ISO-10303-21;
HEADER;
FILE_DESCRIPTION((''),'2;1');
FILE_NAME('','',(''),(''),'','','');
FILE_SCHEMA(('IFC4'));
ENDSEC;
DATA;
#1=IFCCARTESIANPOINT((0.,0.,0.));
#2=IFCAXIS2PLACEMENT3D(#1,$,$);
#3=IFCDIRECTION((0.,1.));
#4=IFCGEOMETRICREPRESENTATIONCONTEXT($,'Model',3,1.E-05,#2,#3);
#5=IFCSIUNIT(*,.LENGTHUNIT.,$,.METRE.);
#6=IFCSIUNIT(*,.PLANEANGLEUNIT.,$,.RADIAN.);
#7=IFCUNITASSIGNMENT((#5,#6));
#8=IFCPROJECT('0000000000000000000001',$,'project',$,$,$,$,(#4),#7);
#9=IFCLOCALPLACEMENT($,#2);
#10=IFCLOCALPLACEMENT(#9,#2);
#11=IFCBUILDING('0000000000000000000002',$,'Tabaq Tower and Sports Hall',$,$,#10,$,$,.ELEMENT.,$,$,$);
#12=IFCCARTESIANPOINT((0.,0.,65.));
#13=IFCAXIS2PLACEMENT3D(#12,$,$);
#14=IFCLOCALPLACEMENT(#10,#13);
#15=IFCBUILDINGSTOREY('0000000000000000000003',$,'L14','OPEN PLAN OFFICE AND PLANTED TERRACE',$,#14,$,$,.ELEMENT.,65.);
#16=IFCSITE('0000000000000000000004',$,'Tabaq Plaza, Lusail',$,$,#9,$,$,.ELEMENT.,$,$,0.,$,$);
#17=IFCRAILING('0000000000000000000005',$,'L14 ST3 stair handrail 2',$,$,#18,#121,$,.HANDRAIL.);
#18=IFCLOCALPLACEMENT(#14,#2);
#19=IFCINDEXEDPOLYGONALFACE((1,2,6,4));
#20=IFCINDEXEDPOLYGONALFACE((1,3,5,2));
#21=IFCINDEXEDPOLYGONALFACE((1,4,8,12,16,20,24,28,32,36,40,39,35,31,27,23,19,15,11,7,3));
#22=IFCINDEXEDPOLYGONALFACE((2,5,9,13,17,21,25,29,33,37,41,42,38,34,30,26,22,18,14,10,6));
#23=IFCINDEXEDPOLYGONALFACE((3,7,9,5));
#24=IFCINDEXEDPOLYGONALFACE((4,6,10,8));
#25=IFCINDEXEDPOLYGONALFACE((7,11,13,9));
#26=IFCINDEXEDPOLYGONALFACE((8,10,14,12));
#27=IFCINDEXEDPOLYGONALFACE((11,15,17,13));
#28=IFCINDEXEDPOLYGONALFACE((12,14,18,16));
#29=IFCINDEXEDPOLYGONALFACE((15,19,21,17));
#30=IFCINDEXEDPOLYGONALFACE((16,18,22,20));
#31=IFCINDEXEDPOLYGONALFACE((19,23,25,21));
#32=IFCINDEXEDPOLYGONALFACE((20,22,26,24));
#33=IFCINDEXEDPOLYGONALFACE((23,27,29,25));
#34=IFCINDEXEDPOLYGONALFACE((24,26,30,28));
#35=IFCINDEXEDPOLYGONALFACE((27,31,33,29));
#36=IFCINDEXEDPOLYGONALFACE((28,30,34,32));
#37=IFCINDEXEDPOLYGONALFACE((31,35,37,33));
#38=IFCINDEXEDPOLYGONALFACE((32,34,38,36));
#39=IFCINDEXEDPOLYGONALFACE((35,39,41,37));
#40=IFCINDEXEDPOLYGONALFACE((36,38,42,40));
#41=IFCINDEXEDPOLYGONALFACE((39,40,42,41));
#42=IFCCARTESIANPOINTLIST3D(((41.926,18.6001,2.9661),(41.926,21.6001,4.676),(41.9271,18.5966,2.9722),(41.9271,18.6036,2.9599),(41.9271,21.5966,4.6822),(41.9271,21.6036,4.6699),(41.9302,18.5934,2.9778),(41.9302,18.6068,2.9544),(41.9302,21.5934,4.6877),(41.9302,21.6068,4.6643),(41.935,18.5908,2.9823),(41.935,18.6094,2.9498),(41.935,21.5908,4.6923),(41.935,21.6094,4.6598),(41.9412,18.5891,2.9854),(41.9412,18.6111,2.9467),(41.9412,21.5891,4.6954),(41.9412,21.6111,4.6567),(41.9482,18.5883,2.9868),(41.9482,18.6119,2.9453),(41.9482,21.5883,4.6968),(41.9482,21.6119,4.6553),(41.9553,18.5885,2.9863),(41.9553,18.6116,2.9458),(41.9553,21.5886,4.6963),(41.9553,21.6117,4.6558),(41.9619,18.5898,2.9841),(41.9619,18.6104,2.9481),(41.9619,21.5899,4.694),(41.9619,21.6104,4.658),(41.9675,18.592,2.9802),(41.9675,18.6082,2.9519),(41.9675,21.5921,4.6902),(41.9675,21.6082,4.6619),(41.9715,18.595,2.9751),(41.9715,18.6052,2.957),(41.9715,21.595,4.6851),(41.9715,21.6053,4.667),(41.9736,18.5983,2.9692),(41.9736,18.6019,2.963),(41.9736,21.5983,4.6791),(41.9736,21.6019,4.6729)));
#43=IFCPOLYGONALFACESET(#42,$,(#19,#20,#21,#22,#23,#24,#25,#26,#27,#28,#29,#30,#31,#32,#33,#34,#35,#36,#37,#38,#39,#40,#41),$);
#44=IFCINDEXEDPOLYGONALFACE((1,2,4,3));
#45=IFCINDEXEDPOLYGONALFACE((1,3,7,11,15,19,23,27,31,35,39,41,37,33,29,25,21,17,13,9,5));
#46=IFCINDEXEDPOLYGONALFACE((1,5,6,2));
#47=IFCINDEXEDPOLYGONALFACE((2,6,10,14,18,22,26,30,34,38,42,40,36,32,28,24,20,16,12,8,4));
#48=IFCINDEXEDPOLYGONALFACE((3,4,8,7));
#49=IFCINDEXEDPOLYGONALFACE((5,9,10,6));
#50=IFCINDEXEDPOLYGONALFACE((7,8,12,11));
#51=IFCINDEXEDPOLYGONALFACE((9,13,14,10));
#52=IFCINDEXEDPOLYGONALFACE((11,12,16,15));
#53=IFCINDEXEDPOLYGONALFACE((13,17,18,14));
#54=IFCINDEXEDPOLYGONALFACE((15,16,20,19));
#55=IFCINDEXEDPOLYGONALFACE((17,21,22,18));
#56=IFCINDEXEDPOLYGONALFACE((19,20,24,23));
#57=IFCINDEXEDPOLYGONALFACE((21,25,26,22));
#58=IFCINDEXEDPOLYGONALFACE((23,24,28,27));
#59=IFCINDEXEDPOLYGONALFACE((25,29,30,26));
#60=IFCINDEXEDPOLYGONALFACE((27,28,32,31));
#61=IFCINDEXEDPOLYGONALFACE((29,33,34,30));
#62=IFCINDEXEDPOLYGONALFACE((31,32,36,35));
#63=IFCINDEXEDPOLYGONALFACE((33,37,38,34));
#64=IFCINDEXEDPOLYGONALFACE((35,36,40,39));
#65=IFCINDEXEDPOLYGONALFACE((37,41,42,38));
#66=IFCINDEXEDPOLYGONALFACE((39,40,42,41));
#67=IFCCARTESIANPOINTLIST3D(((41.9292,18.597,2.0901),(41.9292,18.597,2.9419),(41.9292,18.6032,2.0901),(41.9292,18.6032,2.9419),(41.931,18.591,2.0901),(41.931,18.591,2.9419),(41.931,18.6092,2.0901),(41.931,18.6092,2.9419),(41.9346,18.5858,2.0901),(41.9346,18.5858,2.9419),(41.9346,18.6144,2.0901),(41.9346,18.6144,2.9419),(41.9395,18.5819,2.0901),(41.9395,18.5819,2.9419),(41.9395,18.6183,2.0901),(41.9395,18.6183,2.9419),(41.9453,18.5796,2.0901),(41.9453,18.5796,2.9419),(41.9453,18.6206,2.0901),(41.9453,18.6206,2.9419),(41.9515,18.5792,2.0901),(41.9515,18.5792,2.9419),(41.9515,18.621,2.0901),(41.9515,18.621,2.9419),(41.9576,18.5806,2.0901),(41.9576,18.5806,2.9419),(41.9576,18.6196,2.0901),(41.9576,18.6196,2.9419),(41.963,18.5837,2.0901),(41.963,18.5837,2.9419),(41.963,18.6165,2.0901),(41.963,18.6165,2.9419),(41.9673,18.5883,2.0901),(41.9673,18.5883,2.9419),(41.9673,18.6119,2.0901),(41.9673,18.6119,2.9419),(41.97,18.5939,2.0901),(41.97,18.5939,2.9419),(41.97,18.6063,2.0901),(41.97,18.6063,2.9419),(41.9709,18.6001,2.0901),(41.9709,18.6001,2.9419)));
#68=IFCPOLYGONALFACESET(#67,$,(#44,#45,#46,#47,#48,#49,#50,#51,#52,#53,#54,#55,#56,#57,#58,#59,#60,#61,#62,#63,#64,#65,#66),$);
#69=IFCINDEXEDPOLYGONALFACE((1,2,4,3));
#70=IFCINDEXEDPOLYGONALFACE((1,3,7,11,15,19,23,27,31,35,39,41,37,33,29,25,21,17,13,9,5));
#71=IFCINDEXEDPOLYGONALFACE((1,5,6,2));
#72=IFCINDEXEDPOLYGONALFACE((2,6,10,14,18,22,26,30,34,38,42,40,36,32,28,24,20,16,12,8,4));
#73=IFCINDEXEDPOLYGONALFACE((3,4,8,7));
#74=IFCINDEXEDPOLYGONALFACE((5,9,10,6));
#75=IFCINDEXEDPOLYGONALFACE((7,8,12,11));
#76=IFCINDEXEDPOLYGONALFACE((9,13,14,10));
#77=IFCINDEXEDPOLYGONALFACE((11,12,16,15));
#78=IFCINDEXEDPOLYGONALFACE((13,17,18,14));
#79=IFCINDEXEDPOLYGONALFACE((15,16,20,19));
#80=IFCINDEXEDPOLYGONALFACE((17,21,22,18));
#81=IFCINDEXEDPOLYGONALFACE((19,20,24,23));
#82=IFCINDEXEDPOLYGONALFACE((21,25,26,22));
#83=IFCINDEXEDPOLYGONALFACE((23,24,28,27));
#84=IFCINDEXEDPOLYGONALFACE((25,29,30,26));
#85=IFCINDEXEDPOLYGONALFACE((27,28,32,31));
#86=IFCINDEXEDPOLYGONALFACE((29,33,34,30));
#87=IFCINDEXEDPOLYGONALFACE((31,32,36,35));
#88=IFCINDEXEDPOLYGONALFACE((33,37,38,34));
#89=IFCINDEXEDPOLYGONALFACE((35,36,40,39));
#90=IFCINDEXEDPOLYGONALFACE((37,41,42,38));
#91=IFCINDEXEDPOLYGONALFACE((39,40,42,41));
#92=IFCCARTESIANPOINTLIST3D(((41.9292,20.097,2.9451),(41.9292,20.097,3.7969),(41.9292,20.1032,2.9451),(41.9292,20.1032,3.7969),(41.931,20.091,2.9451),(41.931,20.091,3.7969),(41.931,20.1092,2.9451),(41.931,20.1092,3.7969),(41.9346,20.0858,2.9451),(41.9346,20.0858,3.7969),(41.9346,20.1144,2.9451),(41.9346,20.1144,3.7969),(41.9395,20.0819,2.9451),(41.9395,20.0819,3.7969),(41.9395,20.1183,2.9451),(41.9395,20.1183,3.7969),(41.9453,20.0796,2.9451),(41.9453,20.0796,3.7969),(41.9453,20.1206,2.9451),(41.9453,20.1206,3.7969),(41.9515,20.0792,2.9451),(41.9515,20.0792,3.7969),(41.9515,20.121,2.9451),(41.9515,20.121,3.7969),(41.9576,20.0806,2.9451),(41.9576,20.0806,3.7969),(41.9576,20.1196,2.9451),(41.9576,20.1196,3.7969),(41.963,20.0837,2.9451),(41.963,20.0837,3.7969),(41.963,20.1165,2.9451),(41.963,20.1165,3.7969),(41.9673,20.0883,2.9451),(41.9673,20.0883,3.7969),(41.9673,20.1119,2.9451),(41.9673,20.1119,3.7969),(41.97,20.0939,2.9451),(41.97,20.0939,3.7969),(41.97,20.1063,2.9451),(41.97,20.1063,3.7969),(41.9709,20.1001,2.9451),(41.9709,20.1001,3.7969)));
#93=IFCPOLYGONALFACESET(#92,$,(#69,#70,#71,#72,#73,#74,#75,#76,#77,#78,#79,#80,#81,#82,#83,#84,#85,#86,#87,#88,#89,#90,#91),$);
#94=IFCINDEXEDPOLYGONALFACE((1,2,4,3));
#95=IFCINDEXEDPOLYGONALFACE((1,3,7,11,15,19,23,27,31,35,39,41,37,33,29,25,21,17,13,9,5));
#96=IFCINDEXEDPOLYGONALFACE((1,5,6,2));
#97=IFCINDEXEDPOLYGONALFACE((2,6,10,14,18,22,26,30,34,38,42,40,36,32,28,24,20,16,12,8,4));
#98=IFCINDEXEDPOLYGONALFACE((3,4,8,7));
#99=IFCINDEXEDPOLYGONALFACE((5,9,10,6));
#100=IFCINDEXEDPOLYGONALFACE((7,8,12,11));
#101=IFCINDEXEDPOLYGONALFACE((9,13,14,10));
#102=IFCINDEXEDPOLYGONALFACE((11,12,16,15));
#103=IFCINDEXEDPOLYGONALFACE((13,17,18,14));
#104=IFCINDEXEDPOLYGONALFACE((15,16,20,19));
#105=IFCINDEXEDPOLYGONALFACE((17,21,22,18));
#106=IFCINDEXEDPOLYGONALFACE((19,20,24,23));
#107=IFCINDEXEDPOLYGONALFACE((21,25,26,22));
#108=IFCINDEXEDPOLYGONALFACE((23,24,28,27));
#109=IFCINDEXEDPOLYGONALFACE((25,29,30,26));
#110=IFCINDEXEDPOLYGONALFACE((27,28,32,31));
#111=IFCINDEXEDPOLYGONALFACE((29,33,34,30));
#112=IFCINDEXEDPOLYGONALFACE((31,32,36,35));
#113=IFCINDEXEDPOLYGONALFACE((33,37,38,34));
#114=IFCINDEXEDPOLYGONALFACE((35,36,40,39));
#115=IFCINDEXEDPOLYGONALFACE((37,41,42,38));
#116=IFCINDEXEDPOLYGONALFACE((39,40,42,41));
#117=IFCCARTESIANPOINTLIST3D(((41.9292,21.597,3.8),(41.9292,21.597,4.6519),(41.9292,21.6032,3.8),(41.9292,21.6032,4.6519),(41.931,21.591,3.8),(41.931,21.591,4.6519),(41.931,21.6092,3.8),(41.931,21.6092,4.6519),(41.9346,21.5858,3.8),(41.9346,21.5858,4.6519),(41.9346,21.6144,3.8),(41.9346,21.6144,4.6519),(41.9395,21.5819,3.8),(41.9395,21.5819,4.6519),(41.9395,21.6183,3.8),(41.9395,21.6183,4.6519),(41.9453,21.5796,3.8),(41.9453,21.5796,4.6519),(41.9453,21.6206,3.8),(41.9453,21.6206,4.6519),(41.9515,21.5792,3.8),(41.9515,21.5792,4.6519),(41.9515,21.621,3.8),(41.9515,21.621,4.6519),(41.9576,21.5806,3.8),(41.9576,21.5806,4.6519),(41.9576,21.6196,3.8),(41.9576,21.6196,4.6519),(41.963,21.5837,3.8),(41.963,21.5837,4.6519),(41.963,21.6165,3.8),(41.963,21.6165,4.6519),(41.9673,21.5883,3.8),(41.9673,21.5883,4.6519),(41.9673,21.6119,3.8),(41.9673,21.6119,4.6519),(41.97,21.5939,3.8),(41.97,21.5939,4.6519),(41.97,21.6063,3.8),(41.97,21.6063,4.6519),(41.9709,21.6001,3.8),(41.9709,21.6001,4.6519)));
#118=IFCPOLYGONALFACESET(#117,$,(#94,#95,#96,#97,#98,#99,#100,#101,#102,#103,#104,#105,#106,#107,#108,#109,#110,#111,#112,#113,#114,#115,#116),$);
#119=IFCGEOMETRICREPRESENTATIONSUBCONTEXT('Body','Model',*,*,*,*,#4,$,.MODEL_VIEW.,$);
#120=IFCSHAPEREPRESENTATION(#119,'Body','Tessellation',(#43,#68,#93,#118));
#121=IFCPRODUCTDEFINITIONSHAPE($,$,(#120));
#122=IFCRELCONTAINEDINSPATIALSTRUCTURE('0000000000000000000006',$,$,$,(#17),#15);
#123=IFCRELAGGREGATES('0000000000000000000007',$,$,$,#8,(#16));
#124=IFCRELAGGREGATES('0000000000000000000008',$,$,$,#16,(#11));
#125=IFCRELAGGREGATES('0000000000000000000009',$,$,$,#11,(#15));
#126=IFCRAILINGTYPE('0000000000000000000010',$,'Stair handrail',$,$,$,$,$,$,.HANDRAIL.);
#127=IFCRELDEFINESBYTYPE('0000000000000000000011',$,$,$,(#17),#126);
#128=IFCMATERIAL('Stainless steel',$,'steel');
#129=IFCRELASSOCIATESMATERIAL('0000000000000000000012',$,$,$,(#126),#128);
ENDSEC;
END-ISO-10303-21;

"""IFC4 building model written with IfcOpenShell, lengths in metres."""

from ifc_helpers import new_model, si_unit, direction, frame, origin, origin_2d, place, context, subcontext, project, spatial, circle, extrude, material, type_object, element, save


model = new_model("IFC4")

# Units and contexts
model_context = context("Model", 3, precision=1e-05, world=origin(), true_north=direction((0.0, 1.0)))
body_context = subcontext(model_context, "Body", "Model", "MODEL_VIEW")
ifc_project = project(units=[si_unit("LENGTHUNIT", "METRE"), si_unit("PLANEANGLEUNIT", "RADIAN")], contexts=[model_context])

# Site, building, storey
site_placement = place(None, origin())
site = spatial("IfcSite", under=ifc_project, at=site_placement, Name="Tabaq Plaza, Lusail", CompositionType="ELEMENT", RefElevation=0.0)
building_placement = place(site_placement, origin())
building = spatial("IfcBuilding", under=site, at=building_placement, Name="Tabaq Tower and Sports Hall", CompositionType="ELEMENT")
storey_placement = place(building_placement, frame((0.0, 0.0, 65.0)))
storey = spatial("IfcBuildingStorey", under=building, at=storey_placement, Name="L14", Description="OPEN PLAN OFFICE AND PLANTED TERRACE", CompositionType="ELEMENT", Elevation=65.0)

# Railing
ifc_material_1 = material(Name="Stainless steel", Category="steel")
railing_type = type_object("IfcRailingType", Name="Stair handrail", PredefinedType="HANDRAIL", material=ifc_material_1)
railing_placement = place(storey_placement, frame((41.95, 18.6001, 2.0901)))
element("IfcRailing", 1, at=railing_placement, inside=storey, type_object=railing_type, Name="L14 ST3 stair handrail 2", PredefinedType="HANDRAIL", context=body_context, shape_type="SweptSolid", body=[
    extrude(circle(Radius=0.0239, at=origin_2d()), frame((0.0, 0.0, 0.876), z_axis=(0.0, 0.868782, 0.495195), x_axis=(-1.0, 0.0, 0.0)), (0.0, 0.0, 1.0), 3.4531),
    extrude(circle(Radius=0.021, at=origin_2d()), origin(), (0.0, 0.0, 1.0), 0.8518),
    extrude(circle(Radius=0.021, at=origin_2d()), frame((0.0, 1.5, 0.855)), (0.0, 0.0, 1.0), 0.8518),
    extrude(circle(Radius=0.021, at=origin_2d()), frame((0.0, 3.0, 1.71)), (0.0, 0.0, 1.0), 0.8518),
])

save(model, "model.ifc")
